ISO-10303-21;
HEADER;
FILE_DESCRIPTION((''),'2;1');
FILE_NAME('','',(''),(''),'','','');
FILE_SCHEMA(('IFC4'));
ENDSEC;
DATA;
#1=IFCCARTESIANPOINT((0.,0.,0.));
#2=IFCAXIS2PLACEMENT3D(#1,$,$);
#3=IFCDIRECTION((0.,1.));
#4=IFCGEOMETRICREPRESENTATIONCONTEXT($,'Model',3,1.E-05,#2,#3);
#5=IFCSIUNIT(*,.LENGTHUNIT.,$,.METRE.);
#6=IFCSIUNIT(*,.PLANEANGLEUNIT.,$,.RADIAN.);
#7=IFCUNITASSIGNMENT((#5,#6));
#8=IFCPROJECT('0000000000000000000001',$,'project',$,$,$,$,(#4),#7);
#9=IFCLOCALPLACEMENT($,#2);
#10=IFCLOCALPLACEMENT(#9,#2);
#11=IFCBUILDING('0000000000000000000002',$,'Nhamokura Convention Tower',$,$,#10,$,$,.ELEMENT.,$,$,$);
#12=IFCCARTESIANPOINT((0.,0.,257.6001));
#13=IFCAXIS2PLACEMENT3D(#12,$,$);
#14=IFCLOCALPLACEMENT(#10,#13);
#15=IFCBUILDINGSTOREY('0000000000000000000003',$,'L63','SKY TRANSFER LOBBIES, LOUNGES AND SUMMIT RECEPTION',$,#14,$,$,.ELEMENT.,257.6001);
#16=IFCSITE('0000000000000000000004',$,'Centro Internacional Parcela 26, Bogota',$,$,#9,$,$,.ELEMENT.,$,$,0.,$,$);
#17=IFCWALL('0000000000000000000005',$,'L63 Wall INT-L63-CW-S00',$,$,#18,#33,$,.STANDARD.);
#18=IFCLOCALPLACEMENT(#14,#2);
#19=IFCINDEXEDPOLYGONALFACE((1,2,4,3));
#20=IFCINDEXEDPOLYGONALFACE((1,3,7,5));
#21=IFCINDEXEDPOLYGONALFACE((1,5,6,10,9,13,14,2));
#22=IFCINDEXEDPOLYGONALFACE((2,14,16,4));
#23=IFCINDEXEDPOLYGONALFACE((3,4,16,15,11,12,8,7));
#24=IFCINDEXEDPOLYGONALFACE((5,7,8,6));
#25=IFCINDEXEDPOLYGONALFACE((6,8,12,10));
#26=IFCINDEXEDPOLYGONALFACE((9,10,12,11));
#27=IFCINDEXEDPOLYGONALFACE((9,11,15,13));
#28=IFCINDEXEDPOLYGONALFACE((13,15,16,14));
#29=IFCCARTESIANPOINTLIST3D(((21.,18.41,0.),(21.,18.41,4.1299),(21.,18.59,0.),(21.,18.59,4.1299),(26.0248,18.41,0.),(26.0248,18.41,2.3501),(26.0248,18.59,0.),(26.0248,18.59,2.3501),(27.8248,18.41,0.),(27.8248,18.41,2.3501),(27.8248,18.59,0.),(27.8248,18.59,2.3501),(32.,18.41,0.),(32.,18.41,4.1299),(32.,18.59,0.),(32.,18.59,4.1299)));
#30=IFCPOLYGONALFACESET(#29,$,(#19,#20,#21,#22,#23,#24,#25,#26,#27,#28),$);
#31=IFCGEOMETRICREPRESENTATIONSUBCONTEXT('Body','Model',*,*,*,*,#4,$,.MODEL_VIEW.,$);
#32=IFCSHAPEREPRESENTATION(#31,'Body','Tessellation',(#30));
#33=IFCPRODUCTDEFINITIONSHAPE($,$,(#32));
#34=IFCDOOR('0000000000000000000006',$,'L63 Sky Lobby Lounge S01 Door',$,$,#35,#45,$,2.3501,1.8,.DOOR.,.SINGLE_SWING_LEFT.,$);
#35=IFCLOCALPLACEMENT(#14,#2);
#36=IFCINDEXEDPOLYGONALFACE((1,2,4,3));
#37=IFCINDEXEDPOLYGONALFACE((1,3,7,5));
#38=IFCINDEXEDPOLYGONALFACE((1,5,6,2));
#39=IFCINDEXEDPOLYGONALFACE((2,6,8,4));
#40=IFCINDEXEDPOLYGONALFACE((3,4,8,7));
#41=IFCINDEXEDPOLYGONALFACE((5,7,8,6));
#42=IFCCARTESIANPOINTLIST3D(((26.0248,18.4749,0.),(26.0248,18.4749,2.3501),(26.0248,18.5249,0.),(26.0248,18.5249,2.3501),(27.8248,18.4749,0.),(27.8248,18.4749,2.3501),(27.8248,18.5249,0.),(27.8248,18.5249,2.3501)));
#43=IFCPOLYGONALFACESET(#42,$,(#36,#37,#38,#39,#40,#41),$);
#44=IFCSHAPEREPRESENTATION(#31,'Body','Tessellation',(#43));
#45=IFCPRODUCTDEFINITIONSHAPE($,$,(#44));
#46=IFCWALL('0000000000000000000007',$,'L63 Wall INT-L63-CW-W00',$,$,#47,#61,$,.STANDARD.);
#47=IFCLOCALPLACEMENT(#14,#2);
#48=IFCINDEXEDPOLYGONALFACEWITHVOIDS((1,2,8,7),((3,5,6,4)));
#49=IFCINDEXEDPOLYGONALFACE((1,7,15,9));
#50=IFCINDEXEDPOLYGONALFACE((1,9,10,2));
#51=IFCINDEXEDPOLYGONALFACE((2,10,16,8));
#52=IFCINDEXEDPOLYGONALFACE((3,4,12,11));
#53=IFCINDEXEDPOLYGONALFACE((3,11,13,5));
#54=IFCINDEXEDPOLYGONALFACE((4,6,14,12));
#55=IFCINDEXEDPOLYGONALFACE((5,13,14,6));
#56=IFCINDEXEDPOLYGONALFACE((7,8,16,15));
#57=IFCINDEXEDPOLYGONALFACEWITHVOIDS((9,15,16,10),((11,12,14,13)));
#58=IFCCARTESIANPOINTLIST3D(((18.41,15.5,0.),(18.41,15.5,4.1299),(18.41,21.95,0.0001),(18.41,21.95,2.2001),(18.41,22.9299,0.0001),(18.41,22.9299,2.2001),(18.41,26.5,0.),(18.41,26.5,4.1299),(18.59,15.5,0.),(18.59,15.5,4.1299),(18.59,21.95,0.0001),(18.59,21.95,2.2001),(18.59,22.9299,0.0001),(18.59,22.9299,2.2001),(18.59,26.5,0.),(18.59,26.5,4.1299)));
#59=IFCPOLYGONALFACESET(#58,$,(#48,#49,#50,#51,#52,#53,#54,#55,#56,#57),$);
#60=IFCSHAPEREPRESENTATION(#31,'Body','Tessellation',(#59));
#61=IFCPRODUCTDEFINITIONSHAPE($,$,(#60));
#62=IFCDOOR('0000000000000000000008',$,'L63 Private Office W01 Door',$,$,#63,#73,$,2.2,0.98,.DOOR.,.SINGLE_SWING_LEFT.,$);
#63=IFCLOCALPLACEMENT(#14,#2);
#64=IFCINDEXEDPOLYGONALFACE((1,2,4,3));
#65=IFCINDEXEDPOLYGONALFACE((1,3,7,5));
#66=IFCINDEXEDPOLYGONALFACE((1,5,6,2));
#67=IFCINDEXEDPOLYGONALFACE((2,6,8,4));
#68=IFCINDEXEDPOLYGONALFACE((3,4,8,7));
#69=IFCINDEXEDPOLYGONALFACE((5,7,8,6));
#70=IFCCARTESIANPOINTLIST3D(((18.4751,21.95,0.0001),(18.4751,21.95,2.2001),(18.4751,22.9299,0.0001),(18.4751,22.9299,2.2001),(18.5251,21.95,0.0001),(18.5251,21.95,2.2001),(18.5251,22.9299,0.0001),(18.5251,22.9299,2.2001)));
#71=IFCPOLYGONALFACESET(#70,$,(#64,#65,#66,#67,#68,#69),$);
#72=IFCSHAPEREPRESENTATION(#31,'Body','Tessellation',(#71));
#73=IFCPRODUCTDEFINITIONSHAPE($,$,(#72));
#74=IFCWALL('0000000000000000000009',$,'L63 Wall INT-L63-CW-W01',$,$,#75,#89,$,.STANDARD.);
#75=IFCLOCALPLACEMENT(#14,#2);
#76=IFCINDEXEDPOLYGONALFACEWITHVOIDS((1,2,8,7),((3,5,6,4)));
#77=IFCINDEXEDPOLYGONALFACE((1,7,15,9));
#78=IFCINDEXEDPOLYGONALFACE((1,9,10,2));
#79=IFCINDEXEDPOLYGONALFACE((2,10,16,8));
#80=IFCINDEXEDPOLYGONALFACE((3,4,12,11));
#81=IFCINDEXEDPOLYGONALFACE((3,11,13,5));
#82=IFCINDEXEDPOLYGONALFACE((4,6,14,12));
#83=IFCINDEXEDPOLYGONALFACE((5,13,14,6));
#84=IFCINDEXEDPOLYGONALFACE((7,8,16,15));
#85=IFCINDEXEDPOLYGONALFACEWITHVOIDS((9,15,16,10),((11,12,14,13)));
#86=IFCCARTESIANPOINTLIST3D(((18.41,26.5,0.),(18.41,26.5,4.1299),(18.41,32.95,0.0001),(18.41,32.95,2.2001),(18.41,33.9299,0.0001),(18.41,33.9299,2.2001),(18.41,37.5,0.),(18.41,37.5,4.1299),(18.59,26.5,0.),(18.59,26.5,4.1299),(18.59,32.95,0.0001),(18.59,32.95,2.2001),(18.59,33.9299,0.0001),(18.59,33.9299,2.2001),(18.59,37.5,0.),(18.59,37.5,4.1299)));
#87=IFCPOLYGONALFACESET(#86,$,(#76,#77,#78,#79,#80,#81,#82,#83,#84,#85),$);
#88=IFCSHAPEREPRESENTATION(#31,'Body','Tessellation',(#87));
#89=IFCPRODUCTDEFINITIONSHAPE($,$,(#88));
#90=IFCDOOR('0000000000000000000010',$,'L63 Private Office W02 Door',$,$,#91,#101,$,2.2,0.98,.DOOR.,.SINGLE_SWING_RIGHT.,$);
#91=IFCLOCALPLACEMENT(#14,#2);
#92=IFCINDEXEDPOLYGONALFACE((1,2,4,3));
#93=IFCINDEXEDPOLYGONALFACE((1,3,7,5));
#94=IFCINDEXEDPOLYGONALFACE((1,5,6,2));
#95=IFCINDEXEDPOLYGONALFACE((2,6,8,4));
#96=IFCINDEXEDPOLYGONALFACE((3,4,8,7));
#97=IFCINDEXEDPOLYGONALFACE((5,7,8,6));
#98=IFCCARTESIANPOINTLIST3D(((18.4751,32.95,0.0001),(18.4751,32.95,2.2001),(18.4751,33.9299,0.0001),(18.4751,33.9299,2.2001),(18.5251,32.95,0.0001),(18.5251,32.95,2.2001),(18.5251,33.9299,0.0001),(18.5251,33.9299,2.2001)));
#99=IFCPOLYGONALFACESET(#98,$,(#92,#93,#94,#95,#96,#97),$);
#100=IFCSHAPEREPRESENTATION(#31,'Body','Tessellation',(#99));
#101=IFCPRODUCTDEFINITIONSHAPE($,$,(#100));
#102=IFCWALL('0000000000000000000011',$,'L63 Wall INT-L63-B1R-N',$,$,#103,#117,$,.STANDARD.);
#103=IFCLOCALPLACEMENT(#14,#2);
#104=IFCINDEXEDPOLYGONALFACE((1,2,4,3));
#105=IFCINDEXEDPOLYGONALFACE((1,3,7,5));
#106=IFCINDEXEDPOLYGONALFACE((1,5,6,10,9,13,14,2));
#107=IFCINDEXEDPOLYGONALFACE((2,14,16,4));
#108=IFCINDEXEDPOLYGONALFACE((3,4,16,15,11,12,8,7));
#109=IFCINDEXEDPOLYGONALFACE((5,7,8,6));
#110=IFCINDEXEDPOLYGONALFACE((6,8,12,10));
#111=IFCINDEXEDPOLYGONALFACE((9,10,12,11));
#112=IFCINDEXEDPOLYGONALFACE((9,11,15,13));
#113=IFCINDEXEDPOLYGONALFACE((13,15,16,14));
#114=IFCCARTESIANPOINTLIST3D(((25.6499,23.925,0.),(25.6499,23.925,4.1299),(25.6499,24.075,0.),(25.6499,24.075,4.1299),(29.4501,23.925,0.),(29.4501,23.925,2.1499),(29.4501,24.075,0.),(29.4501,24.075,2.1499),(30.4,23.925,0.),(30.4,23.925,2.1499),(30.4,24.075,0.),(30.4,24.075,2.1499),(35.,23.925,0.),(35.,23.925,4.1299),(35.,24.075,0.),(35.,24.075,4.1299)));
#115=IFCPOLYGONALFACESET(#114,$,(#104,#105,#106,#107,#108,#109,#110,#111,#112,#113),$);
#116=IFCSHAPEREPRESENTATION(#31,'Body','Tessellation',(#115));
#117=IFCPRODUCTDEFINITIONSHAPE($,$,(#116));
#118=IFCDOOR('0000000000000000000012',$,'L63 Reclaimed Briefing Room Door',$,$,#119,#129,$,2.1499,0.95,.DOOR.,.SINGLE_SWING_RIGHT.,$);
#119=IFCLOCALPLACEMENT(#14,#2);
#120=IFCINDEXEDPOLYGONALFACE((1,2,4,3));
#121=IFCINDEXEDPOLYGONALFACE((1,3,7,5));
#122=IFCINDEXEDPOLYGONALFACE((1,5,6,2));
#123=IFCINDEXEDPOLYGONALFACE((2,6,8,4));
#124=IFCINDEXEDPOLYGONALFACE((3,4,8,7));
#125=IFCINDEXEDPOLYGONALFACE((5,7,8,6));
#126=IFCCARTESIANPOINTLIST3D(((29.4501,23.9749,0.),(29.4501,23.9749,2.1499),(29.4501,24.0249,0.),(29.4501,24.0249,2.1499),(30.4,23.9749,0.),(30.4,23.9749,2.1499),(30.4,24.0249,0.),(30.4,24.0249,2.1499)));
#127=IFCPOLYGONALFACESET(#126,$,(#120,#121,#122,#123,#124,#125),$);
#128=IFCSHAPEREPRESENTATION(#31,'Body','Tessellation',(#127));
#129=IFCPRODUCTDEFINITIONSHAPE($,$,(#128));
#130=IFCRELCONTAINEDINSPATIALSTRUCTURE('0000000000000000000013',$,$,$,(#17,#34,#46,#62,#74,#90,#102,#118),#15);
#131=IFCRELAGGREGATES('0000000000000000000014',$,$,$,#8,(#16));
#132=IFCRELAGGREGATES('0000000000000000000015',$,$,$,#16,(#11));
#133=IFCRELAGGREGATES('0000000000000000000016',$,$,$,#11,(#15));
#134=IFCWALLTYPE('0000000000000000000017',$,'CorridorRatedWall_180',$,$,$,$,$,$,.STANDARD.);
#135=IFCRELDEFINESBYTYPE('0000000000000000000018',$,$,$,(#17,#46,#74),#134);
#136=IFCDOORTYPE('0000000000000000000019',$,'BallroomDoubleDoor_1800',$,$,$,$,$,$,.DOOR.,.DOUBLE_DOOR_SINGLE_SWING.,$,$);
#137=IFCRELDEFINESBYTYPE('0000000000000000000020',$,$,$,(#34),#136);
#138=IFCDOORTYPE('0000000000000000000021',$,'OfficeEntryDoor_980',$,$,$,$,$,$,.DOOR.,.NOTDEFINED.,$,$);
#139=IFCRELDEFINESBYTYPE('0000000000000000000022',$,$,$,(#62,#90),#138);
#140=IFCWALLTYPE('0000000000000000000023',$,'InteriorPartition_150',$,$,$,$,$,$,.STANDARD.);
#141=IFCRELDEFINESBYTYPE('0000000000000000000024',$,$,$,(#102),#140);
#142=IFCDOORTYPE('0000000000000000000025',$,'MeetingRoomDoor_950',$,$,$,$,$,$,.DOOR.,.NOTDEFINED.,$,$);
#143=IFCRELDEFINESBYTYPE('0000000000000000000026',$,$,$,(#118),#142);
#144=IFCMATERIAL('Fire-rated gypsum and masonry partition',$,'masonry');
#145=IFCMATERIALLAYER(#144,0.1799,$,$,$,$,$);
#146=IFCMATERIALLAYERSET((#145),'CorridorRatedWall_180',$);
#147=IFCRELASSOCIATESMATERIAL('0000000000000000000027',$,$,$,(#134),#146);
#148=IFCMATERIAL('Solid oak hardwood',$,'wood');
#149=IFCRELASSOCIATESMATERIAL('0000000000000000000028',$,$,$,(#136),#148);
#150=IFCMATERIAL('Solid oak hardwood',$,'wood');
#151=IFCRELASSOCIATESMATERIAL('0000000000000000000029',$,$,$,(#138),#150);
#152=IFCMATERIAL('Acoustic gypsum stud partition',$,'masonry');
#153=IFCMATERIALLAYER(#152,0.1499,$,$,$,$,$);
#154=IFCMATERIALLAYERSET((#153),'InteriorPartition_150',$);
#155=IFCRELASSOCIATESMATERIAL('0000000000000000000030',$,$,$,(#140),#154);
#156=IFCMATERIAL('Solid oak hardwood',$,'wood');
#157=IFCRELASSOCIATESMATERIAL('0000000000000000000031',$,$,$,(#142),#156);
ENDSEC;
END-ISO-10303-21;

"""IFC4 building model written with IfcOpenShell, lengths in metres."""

from ifc_helpers import new_model, si_unit, direction, frame, frame_2d, origin, place, context, subcontext, project, spatial, rectangle, extrude, material, layer, layer_set, type_object, element, fill, save


model = new_model("IFC4")

# Units and contexts
model_context = context("Model", 3, precision=1e-05, world=origin(), true_north=direction((0.0, 1.0)))
body_context = subcontext(model_context, "Body", "Model", "MODEL_VIEW")
ifc_project = project(units=[si_unit("LENGTHUNIT", "METRE"), si_unit("PLANEANGLEUNIT", "RADIAN")], contexts=[model_context])

# Site, building, storey
site_placement = place(None, origin())
site = spatial("IfcSite", under=ifc_project, at=site_placement, Name="Centro Internacional Parcela 26, Bogota", CompositionType="ELEMENT", RefElevation=0.0)
building_placement = place(site_placement, origin())
building = spatial("IfcBuilding", under=site, at=building_placement, Name="Nhamokura Convention Tower", CompositionType="ELEMENT")
storey_placement = place(building_placement, frame((0.0, 0.0, 257.6001)))
storey = spatial("IfcBuildingStorey", under=building, at=storey_placement, Name="L63", Description="SKY TRANSFER LOBBIES, LOUNGES AND SUMMIT RECEPTION", CompositionType="ELEMENT", Elevation=257.6001)

# Walls, openings, doors
ifc_material_1 = material(Name="Fire-rated gypsum and masonry partition", Category="masonry")
ifc_layer_1 = layer(ifc_material_1, 0.1799)
ifc_layer_set_1 = layer_set([ifc_layer_1], Name="CorridorRatedWall_180")
wall_type_1 = type_object("IfcWallType", Name="CorridorRatedWall_180", PredefinedType="STANDARD", material=ifc_layer_set_1)
wall_1_placement = place(storey_placement, frame((21.0, 18.5, 0.0), z_axis=(0.0, 0.0, 1.0), x_axis=(1.0, 0.0, 0.0)))
wall_1 = element("IfcWall", 1, at=wall_1_placement, inside=storey, type_object=wall_type_1, Name="L63 Wall INT-L63-CW-S00", PredefinedType="STANDARD", context=body_context, shape_type="SweptSolid", body=[
    extrude(rectangle(XDim=11.0, YDim=0.1799, at=frame_2d((5.5, 0.0))), origin(), (0.0, 0.0, 1.0), 4.1299),
])
opening_1_placement = place(wall_1_placement, frame((5.0249, 0.0, 0.0)))
opening_1 = element("IfcOpeningElement", 2, at=opening_1_placement, cuts=wall_1, PredefinedType="OPENING", context=body_context, shape_type="SweptSolid", body=[
    extrude(rectangle(XDim=1.8, YDim=2.3501, at=frame_2d((0.8999, 1.175))), frame((0.0, 0.0999, 0.0), z_axis=(0.0, -1.0, 0.0), x_axis=(1.0, 0.0, 0.0)), (0.0, 0.0, 1.0), 0.2),
])
ifc_material_2 = material(Name="Solid oak hardwood", Category="wood")
door_type_1 = type_object("IfcDoorType", Name="BallroomDoubleDoor_1800", OperationType="DOUBLE_DOOR_SINGLE_SWING", PredefinedType="DOOR", material=ifc_material_2)
door_1_placement = place(opening_1_placement, origin())
door_1 = element("IfcDoor", 3, at=door_1_placement, inside=storey, type_object=door_type_1, Name="L63 Sky Lobby Lounge S01 Door", OperationType="SINGLE_SWING_LEFT", OverallHeight=2.3501, OverallWidth=1.8, PredefinedType="DOOR", context=body_context, shape_type="SweptSolid", body=[
    extrude(rectangle(XDim=1.8, YDim=2.3501, at=frame_2d((0.8999, 1.175))), frame((0.0, 0.0249, 0.0), z_axis=(0.0, -1.0, 0.0), x_axis=(1.0, 0.0, 0.0)), (0.0, 0.0, 1.0), 0.05),
])
fill(opening_1, door_1)
wall_2_placement = place(storey_placement, frame((18.5, 15.5, 0.0), z_axis=(0.0, 0.0, 1.0), x_axis=(0.0, 1.0, 0.0)))
wall_2 = element("IfcWall", 4, at=wall_2_placement, inside=storey, type_object=wall_type_1, Name="L63 Wall INT-L63-CW-W00", PredefinedType="STANDARD", context=body_context, shape_type="SweptSolid", body=[
    extrude(rectangle(XDim=11.0, YDim=0.1799, at=frame_2d((5.5, 0.0))), origin(), (0.0, 0.0, 1.0), 4.1299),
])
opening_2_placement = place(wall_2_placement, frame((6.45, 0.0, 0.0)))
opening_2 = element("IfcOpeningElement", 5, at=opening_2_placement, cuts=wall_2, PredefinedType="OPENING", context=body_context, shape_type="SweptSolid", body=[
    extrude(rectangle(XDim=0.98, YDim=2.2, at=frame_2d((0.49, 1.1001))), frame((0.0, 0.0999, 0.0), z_axis=(0.0, -1.0, 0.0), x_axis=(1.0, 0.0, 0.0)), (0.0, 0.0, 1.0), 0.2),
])
ifc_material_3 = material(Name="Solid oak hardwood", Category="wood")
door_type_2 = type_object("IfcDoorType", Name="OfficeEntryDoor_980", OperationType="NOTDEFINED", PredefinedType="DOOR", material=ifc_material_3)
door_2_placement = place(opening_2_placement, origin())
door_2 = element("IfcDoor", 6, at=door_2_placement, inside=storey, type_object=door_type_2, Name="L63 Private Office W01 Door", OperationType="SINGLE_SWING_LEFT", OverallHeight=2.2, OverallWidth=0.98, PredefinedType="DOOR", context=body_context, shape_type="SweptSolid", body=[
    extrude(rectangle(XDim=0.98, YDim=2.2, at=frame_2d((0.49, 1.1001))), frame((0.0, 0.0249, 0.0), z_axis=(0.0, -1.0, 0.0), x_axis=(1.0, 0.0, 0.0)), (0.0, 0.0, 1.0), 0.05),
])
fill(opening_2, door_2)
wall_3_placement = place(storey_placement, frame((18.5, 26.5, 0.0), z_axis=(0.0, 0.0, 1.0), x_axis=(0.0, 1.0, 0.0)))
wall_3 = element("IfcWall", 7, at=wall_3_placement, inside=storey, type_object=wall_type_1, Name="L63 Wall INT-L63-CW-W01", PredefinedType="STANDARD", context=body_context, shape_type="SweptSolid", body=[
    extrude(rectangle(XDim=11.0, YDim=0.1799, at=frame_2d((5.5, 0.0))), origin(), (0.0, 0.0, 1.0), 4.1299),
])
opening_3_placement = place(wall_3_placement, frame((6.45, 0.0, 0.0)))
opening_3 = element("IfcOpeningElement", 8, at=opening_3_placement, cuts=wall_3, PredefinedType="OPENING", context=body_context, shape_type="SweptSolid", body=[
    extrude(rectangle(XDim=0.98, YDim=2.2, at=frame_2d((0.49, 1.1001))), frame((0.0, 0.0999, 0.0), z_axis=(0.0, -1.0, 0.0), x_axis=(1.0, 0.0, 0.0)), (0.0, 0.0, 1.0), 0.2),
])
door_3_placement = place(opening_3_placement, origin())
door_3 = element("IfcDoor", 9, at=door_3_placement, inside=storey, type_object=door_type_2, Name="L63 Private Office W02 Door", OperationType="SINGLE_SWING_RIGHT", OverallHeight=2.2, OverallWidth=0.98, PredefinedType="DOOR", context=body_context, shape_type="SweptSolid", body=[
    extrude(rectangle(XDim=0.98, YDim=2.2, at=frame_2d((0.49, 1.1001))), frame((0.0, 0.0249, 0.0), z_axis=(0.0, -1.0, 0.0), x_axis=(1.0, 0.0, 0.0)), (0.0, 0.0, 1.0), 0.05),
])
fill(opening_3, door_3)
ifc_material_4 = material(Name="Acoustic gypsum stud partition", Category="masonry")
ifc_layer_2 = layer(ifc_material_4, 0.1499)
ifc_layer_set_2 = layer_set([ifc_layer_2], Name="InteriorPartition_150")
wall_type_2 = type_object("IfcWallType", Name="InteriorPartition_150", PredefinedType="STANDARD", material=ifc_layer_set_2)
wall_4_placement = place(storey_placement, frame((25.6499, 24.0, 0.0), z_axis=(0.0, 0.0, 1.0), x_axis=(1.0, 0.0, 0.0)))
wall_4 = element("IfcWall", 10, at=wall_4_placement, inside=storey, type_object=wall_type_2, Name="L63 Wall INT-L63-B1R-N", PredefinedType="STANDARD", context=body_context, shape_type="SweptSolid", body=[
    extrude(rectangle(XDim=9.3501, YDim=0.1499, at=frame_2d((4.675, 0.0))), origin(), (0.0, 0.0, 1.0), 4.1299),
])
opening_4_placement = place(wall_4_placement, frame((3.8, 0.0, 0.0)))
opening_4 = element("IfcOpeningElement", 11, at=opening_4_placement, cuts=wall_4, PredefinedType="OPENING", context=body_context, shape_type="SweptSolid", body=[
    extrude(rectangle(XDim=0.95, YDim=2.1499, at=frame_2d((0.4751, 1.075))), frame((0.0, 0.085, 0.0), z_axis=(0.0, -1.0, 0.0), x_axis=(1.0, 0.0, 0.0)), (0.0, 0.0, 1.0), 0.1699),
])
ifc_material_5 = material(Name="Solid oak hardwood", Category="wood")
door_type_3 = type_object("IfcDoorType", Name="MeetingRoomDoor_950", OperationType="NOTDEFINED", PredefinedType="DOOR", material=ifc_material_5)
door_4_placement = place(opening_4_placement, origin())
door_4 = element("IfcDoor", 12, at=door_4_placement, inside=storey, type_object=door_type_3, Name="L63 Reclaimed Briefing Room Door", OperationType="SINGLE_SWING_RIGHT", OverallHeight=2.1499, OverallWidth=0.95, PredefinedType="DOOR", context=body_context, shape_type="SweptSolid", body=[
    extrude(rectangle(XDim=0.95, YDim=2.1499, at=frame_2d((0.4751, 1.075))), frame((0.0, 0.0249, 0.0), z_axis=(0.0, -1.0, 0.0), x_axis=(1.0, 0.0, 0.0)), (0.0, 0.0, 1.0), 0.05),
])
fill(opening_4, door_4)

save(model, "model.ifc")
